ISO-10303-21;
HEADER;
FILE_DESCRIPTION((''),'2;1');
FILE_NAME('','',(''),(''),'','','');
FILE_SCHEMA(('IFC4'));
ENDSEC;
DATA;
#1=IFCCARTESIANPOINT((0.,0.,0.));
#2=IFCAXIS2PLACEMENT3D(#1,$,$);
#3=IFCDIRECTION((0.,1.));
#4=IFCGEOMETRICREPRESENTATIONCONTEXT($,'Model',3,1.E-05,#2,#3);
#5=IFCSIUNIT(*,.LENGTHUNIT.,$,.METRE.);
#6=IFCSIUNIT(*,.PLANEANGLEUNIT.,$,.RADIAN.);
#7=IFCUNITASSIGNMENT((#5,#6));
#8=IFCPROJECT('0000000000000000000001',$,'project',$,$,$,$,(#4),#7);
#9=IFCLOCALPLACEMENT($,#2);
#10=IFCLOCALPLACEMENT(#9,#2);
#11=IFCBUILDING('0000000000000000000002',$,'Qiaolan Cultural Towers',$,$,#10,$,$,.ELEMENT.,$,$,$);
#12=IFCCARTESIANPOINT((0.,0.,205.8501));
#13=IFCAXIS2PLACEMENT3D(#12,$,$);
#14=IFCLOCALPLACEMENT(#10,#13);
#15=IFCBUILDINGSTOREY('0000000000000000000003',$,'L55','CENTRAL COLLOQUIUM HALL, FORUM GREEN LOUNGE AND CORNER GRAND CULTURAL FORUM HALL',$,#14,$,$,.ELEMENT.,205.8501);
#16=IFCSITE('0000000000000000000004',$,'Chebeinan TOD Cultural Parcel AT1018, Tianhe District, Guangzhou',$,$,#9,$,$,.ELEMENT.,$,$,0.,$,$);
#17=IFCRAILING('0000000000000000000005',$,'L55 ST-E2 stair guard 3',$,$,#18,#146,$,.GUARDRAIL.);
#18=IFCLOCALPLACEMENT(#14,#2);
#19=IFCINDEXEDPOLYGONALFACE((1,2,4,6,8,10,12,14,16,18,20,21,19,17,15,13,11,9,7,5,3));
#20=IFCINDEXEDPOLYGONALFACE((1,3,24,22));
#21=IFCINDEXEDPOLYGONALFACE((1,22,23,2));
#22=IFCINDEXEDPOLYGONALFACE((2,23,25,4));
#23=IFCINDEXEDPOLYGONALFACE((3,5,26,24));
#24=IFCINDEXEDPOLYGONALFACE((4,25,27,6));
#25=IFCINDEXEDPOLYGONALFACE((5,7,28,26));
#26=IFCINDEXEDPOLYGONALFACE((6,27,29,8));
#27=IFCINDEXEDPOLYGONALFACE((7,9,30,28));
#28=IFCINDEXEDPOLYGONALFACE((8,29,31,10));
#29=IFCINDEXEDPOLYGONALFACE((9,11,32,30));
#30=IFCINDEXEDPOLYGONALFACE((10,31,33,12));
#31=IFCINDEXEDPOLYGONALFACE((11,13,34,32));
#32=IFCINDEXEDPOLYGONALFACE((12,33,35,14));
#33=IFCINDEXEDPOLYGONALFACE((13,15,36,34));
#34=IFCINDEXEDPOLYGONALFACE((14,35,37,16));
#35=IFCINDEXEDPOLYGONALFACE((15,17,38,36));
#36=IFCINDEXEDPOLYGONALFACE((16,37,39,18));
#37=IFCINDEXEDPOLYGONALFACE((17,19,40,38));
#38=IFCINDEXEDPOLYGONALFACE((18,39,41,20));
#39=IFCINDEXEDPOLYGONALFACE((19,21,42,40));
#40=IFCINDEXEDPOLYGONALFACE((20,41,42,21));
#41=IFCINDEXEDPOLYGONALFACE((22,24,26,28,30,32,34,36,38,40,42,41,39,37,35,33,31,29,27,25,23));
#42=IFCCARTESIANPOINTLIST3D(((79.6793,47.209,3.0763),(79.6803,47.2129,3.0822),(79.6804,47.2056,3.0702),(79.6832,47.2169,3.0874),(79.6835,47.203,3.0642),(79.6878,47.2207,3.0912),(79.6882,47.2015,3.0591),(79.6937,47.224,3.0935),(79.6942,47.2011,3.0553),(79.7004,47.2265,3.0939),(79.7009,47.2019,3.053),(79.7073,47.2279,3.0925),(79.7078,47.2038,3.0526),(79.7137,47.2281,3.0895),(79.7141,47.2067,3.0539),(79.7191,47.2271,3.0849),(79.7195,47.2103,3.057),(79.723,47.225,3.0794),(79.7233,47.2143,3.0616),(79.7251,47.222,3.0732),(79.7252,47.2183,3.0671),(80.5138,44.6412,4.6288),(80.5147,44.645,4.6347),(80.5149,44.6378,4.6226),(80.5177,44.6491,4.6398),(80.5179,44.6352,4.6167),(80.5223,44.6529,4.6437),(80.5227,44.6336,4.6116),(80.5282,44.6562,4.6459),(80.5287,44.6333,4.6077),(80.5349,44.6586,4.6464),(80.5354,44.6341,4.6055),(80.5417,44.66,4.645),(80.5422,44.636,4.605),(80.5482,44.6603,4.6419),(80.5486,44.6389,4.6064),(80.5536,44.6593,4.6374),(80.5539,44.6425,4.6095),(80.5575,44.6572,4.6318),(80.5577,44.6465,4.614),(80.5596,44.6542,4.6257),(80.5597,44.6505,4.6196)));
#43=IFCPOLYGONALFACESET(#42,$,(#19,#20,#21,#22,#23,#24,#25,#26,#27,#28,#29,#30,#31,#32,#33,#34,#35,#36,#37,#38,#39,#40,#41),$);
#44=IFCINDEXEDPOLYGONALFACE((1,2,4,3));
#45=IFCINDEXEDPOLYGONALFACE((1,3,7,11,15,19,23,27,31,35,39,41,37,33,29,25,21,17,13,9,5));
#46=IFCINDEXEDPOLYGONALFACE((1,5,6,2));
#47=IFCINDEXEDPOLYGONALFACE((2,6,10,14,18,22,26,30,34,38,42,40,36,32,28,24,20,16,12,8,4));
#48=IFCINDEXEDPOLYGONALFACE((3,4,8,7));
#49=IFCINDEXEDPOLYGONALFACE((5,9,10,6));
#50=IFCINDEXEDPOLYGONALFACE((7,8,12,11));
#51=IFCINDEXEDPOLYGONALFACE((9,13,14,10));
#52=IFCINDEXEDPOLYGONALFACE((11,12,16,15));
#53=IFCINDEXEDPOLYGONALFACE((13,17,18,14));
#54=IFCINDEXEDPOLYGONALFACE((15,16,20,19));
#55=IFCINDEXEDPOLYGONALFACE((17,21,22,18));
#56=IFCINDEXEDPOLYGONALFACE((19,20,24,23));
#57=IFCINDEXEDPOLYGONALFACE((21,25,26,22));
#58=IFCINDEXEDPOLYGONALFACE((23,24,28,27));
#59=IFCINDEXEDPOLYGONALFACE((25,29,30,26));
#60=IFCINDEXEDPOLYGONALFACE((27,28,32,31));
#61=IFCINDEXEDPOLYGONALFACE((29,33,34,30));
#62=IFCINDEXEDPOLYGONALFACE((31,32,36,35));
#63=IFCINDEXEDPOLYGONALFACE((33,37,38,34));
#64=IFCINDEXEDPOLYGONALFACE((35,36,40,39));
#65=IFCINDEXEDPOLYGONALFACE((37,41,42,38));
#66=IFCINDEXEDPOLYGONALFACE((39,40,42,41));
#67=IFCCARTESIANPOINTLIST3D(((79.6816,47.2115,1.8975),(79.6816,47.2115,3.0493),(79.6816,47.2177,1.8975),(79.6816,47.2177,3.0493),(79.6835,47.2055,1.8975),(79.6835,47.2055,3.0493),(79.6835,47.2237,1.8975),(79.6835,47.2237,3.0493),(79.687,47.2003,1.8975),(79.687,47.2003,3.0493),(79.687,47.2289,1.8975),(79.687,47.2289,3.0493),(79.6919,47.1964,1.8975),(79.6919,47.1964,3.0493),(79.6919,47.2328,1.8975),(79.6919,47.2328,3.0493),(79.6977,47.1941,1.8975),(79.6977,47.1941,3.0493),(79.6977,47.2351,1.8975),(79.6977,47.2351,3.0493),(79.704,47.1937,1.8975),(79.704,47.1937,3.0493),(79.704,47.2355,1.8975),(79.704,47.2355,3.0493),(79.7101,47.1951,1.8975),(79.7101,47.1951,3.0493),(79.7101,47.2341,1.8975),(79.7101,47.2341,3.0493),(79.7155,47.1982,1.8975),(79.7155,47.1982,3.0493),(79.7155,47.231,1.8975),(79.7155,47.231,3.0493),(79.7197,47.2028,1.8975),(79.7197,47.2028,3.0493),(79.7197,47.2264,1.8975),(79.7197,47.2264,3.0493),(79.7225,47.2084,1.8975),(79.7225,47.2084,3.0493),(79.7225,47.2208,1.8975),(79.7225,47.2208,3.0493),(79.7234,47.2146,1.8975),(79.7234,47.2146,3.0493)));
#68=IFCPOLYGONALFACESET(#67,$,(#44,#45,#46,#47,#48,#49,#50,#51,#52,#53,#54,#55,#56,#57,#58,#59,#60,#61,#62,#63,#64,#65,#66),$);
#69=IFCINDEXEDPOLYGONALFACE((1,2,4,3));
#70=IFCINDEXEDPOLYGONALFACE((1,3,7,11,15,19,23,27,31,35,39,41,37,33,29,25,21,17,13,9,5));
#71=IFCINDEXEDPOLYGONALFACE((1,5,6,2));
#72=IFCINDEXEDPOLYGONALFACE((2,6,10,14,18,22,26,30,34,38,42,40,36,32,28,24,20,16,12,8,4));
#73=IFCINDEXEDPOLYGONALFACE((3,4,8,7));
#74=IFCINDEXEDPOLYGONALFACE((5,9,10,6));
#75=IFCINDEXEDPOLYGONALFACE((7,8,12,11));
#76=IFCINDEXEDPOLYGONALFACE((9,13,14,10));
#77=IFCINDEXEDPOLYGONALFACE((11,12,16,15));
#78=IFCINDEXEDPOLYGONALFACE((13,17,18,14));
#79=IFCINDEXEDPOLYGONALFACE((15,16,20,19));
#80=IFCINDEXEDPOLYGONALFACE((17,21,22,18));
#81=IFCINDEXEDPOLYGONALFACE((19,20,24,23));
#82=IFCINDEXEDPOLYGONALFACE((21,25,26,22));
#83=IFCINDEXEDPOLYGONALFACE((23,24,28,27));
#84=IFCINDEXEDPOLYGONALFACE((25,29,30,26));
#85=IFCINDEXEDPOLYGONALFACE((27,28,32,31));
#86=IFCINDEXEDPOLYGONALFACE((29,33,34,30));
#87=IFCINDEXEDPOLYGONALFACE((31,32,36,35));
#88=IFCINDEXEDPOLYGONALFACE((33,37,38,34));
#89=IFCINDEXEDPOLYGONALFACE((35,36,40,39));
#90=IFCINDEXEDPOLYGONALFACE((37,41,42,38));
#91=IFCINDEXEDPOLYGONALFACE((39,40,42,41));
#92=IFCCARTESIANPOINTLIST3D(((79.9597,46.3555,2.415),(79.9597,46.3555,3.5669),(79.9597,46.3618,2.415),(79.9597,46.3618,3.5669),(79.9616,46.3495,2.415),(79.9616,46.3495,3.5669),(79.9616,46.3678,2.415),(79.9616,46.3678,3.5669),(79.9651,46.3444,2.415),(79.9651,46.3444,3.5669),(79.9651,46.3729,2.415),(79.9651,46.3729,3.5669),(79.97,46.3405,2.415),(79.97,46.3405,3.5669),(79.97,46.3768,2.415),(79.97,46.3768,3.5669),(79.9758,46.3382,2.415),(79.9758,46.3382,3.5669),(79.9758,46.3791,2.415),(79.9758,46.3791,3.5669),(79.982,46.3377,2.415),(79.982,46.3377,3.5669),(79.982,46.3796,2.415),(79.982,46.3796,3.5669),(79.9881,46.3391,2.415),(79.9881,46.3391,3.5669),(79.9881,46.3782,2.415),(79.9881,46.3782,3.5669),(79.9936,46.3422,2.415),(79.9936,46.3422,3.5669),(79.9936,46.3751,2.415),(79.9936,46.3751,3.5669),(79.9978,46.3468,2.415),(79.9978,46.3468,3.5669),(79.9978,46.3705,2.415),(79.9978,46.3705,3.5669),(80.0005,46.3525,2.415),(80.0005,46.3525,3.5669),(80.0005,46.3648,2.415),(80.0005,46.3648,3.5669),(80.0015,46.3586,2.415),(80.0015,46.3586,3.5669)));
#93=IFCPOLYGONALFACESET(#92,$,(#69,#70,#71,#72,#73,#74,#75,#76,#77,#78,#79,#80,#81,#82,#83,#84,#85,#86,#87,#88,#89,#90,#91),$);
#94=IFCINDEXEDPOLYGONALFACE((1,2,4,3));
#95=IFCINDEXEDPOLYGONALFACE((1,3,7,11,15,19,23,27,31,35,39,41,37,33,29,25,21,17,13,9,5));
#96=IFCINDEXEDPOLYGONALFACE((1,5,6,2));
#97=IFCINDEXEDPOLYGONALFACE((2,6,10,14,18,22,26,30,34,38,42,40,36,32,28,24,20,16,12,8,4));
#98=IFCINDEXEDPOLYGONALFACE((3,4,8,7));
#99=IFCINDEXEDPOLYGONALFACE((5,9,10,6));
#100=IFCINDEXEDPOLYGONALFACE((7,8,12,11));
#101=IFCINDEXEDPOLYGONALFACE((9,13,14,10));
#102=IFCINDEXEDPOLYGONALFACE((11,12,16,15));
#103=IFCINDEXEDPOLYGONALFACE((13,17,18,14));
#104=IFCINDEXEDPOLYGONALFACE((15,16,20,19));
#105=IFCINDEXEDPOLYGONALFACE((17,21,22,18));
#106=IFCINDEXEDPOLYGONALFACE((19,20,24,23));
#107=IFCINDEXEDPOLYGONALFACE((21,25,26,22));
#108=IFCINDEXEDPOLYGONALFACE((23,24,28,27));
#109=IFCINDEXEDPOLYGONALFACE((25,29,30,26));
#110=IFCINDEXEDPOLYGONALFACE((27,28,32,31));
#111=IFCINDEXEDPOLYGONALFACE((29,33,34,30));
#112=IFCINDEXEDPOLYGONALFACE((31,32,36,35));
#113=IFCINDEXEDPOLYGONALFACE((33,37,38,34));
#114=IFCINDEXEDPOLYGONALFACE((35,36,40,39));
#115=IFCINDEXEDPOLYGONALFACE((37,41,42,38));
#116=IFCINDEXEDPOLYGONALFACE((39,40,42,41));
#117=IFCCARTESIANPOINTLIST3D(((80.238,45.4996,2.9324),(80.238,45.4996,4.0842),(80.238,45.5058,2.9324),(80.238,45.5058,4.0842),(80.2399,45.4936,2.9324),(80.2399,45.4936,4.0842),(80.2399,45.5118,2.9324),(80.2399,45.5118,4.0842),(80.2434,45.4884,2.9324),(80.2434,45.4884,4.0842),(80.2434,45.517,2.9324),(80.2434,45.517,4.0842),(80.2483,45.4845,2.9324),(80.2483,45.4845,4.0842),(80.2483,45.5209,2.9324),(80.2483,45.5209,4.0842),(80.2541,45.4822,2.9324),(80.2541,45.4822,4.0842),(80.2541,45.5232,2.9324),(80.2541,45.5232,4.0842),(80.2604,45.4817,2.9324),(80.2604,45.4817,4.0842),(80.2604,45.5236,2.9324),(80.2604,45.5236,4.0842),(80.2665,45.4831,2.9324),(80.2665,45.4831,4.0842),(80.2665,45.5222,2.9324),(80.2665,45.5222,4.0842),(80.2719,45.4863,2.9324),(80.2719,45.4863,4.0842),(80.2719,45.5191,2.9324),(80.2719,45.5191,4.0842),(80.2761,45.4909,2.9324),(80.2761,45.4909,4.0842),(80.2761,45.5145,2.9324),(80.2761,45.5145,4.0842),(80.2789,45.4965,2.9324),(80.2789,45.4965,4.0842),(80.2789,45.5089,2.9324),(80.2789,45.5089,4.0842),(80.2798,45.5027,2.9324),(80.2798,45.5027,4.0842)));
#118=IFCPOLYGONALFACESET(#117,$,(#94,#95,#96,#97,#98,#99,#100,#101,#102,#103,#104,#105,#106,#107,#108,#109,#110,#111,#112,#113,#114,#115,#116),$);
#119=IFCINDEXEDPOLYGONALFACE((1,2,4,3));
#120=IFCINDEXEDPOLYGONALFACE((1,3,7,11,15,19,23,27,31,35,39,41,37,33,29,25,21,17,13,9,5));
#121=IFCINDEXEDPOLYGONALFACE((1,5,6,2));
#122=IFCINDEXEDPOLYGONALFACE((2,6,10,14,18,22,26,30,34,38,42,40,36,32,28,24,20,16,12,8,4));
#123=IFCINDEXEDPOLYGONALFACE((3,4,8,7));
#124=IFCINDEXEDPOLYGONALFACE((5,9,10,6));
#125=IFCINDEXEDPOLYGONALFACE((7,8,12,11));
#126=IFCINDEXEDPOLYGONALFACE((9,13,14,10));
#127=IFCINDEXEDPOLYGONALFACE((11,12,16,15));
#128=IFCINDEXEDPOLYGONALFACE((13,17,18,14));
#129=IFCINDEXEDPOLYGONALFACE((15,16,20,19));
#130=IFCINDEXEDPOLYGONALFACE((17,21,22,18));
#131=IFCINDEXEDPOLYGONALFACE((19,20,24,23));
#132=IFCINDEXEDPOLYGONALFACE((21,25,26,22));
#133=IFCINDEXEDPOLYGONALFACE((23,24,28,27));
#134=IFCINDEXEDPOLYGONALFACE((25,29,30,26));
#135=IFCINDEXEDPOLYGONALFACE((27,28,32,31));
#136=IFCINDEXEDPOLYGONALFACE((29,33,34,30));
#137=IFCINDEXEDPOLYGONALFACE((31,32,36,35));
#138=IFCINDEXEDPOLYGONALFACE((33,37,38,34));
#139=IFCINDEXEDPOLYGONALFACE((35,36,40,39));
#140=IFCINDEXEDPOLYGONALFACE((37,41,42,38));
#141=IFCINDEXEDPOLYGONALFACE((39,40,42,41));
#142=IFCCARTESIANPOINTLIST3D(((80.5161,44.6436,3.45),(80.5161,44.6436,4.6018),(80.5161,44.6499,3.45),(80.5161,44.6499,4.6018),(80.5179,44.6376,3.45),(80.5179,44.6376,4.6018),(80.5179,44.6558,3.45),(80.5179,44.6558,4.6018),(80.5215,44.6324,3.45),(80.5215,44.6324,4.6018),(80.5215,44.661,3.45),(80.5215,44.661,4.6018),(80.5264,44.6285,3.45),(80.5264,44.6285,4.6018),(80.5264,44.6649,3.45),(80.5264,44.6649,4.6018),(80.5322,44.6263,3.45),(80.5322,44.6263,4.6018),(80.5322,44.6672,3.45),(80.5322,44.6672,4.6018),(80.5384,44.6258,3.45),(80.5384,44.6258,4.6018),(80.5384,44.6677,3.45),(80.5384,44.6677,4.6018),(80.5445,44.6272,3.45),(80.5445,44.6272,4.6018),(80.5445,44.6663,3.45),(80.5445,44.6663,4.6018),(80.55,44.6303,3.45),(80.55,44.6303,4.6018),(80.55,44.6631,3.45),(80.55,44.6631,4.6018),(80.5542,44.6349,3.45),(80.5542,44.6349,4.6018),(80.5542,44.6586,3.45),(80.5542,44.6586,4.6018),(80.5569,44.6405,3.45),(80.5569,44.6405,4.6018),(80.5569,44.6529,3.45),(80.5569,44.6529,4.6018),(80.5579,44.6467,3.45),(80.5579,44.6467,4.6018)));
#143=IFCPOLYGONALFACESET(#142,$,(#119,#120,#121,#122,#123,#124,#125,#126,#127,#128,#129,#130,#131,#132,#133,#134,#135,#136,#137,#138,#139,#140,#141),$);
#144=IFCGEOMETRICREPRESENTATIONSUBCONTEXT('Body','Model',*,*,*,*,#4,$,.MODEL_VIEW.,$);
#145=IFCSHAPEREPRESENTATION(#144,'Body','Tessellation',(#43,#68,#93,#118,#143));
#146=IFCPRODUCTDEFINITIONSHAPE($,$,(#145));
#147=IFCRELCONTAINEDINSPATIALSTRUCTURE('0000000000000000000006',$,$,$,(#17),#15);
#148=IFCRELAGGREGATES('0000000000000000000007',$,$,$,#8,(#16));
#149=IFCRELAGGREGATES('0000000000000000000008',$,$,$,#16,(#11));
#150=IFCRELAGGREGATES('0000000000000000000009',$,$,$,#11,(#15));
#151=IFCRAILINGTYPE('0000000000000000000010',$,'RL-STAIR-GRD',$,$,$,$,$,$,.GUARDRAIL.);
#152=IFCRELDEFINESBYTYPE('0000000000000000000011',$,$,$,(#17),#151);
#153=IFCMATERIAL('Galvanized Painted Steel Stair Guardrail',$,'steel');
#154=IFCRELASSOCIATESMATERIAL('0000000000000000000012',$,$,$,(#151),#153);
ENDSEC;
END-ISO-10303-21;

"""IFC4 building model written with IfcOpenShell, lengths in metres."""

from ifc_helpers import new_model, si_unit, direction, frame, origin, origin_2d, place, context, subcontext, project, spatial, circle, extrude, material, type_object, element, save


model = new_model("IFC4")

# Units and contexts
model_context = context("Model", 3, precision=1e-05, world=origin(), true_north=direction((0.0, 1.0)))
body_context = subcontext(model_context, "Body", "Model", "MODEL_VIEW")
ifc_project = project(units=[si_unit("LENGTHUNIT", "METRE"), si_unit("PLANEANGLEUNIT", "RADIAN")], contexts=[model_context])

# Site, building, storey
site_placement = place(None, origin())
site = spatial("IfcSite", under=ifc_project, at=site_placement, Name="Chebeinan TOD Cultural Parcel AT1018, Tianhe District, Guangzhou", CompositionType="ELEMENT", RefElevation=0.0)
building_placement = place(site_placement, origin())
building = spatial("IfcBuilding", under=site, at=building_placement, Name="Qiaolan Cultural Towers", CompositionType="ELEMENT")
storey_placement = place(building_placement, frame((0.0, 0.0, 205.8501)))
storey = spatial("IfcBuildingStorey", under=building, at=storey_placement, Name="L55", Description="CENTRAL COLLOQUIUM HALL, FORUM GREEN LOUNGE AND CORNER GRAND CULTURAL FORUM HALL", CompositionType="ELEMENT", Elevation=205.8501)

# Railing
ifc_material_1 = material(Name="Galvanized Painted Steel Stair Guardrail", Category="steel")
railing_type_1 = type_object("IfcRailingType", Name="RL-STAIR-GRD", PredefinedType="GUARDRAIL", material=ifc_material_1)
railing_1_placement = place(storey_placement, frame((79.7024, 47.2146, 1.8975)))
element("IfcRailing", 1, at=railing_1_placement, inside=storey, type_object=railing_type_1, Name="L55 ST-E2 stair guard 3", PredefinedType="GUARDRAIL", context=body_context, shape_type="SweptSolid", body=[
    extrude(circle(Radius=0.0239, at=origin_2d()), frame((0.0, 0.0, 1.1758), z_axis=(0.267926, -0.824471, 0.498461), x_axis=(0.951043, 0.309057, 0.0)), (0.0, 0.0, 1.0), 3.1145),
    extrude(circle(Radius=0.021, at=origin_2d()), origin(), (0.0, 0.0, 1.0), 1.1519),
    extrude(circle(Radius=0.021, at=origin_2d()), frame((0.2781, -0.856, 0.5176)), (0.0, 0.0, 1.0), 1.1519),
    extrude(circle(Radius=0.021, at=origin_2d()), frame((0.5564, -1.7119, 1.0349)), (0.0, 0.0, 1.0), 1.1519),
    extrude(circle(Radius=0.021, at=origin_2d()), frame((0.8345, -2.5679, 1.5525)), (0.0, 0.0, 1.0), 1.1519),
])

save(model, "model.ifc")
